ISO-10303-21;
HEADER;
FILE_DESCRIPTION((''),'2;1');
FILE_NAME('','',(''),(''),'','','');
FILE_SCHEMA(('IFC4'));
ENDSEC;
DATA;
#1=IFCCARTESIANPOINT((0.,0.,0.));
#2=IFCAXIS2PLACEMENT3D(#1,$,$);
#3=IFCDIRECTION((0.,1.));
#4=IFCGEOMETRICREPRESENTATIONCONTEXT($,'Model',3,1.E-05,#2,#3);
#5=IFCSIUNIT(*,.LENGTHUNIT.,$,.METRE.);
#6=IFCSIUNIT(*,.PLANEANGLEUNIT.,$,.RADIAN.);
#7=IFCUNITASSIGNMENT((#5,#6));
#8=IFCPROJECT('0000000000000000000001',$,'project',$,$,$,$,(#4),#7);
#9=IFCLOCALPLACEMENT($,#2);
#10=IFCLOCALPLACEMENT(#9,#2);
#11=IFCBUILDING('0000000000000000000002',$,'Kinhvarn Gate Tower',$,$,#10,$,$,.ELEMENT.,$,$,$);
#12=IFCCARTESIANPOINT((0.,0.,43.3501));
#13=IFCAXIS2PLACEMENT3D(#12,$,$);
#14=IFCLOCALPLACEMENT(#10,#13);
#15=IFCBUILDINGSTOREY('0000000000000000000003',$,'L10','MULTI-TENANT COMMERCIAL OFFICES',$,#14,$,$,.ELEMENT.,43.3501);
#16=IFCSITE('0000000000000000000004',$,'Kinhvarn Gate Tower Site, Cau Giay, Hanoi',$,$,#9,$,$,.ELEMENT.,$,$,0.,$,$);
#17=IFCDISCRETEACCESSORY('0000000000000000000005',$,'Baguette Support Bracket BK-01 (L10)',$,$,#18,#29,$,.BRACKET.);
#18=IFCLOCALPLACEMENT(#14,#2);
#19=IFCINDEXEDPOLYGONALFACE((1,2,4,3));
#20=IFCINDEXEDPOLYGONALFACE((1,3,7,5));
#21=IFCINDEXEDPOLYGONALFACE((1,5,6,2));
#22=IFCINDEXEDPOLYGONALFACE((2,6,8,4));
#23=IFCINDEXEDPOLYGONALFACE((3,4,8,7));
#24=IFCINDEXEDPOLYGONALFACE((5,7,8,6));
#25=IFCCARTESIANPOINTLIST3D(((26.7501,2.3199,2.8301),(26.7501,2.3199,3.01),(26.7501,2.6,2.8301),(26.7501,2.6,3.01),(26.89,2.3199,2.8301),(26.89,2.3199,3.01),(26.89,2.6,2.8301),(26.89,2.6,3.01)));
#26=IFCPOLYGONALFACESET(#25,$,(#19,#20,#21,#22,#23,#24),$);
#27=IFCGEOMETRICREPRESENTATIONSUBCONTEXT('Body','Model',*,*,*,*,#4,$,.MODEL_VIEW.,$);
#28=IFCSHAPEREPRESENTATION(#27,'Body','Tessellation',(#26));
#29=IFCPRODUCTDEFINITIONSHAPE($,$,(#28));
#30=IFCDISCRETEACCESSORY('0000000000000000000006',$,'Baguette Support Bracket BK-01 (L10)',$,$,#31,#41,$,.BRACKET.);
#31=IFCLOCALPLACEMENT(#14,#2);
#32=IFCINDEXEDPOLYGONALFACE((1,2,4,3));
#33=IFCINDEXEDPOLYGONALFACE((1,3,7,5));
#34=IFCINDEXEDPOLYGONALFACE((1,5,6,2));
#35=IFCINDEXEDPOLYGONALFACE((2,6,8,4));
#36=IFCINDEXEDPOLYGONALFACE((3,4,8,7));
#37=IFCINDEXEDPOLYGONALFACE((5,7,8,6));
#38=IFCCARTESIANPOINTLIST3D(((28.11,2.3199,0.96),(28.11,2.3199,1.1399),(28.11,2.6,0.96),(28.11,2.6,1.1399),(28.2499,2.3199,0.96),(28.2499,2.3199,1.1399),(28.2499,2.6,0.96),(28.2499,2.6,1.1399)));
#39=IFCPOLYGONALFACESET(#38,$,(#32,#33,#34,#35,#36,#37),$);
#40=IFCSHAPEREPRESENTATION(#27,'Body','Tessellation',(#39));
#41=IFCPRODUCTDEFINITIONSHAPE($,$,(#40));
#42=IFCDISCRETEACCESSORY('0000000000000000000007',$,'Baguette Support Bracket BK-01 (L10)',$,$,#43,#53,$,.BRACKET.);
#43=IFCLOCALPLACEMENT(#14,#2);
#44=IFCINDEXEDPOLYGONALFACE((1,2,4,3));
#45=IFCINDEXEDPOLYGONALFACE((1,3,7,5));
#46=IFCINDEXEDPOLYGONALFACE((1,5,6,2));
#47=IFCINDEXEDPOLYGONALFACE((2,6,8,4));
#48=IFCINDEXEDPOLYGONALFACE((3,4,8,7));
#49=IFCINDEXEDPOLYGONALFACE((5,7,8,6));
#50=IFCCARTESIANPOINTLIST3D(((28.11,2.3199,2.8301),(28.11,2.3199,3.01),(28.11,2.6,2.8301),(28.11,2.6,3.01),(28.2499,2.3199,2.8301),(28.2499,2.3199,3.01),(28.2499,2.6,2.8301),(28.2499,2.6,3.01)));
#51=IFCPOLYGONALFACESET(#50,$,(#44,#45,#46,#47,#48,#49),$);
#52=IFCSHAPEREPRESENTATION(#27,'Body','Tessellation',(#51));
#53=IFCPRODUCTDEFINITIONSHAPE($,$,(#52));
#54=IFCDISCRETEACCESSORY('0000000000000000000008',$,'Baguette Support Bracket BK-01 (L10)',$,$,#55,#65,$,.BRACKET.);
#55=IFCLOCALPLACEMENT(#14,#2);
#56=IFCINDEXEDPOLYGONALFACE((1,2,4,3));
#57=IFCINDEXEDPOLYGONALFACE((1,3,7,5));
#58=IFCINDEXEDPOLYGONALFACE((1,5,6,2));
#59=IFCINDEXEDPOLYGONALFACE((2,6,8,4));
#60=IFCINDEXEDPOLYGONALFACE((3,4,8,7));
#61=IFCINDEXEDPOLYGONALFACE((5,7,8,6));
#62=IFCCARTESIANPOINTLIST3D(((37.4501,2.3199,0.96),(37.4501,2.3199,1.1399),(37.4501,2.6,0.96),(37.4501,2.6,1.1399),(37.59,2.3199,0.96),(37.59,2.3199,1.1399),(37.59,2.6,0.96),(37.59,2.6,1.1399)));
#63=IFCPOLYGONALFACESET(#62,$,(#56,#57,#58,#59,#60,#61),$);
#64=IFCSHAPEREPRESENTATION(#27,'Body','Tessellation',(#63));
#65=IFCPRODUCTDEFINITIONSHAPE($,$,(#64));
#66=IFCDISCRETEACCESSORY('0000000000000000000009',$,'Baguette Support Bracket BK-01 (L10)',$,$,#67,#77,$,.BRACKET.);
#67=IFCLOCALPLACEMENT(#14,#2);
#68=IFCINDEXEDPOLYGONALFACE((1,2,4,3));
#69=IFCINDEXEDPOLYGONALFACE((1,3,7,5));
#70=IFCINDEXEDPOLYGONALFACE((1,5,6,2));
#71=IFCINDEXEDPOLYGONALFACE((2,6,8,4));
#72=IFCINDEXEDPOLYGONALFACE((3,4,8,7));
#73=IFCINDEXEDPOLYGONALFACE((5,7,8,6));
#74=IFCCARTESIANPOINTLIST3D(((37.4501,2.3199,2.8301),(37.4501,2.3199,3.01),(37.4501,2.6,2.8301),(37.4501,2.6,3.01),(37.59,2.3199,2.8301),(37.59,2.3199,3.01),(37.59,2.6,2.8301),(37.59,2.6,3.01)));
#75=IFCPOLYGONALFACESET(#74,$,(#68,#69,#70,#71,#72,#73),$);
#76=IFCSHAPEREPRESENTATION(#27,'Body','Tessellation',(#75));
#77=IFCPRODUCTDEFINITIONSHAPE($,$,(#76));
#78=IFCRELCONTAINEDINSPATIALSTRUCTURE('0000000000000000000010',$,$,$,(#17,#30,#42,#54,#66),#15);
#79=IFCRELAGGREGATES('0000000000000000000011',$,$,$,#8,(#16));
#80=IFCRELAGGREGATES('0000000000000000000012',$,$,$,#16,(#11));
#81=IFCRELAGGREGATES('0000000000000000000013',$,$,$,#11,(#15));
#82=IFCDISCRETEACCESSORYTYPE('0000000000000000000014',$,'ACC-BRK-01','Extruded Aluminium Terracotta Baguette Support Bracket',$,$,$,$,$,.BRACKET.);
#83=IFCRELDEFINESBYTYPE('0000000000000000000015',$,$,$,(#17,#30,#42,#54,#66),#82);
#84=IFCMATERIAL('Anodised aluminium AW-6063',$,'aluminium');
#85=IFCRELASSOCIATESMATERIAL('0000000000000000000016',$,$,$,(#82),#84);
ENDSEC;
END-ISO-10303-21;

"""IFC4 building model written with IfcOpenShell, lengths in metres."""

from ifc_helpers import new_model, si_unit, direction, frame, origin, origin_2d, place, context, subcontext, project, spatial, rectangle, extrude, material, type_object, element, save


model = new_model("IFC4")

# Units and contexts
model_context = context("Model", 3, precision=1e-05, world=origin(), true_north=direction((0.0, 1.0)))
body_context = subcontext(model_context, "Body", "Model", "MODEL_VIEW")
ifc_project = project(units=[si_unit("LENGTHUNIT", "METRE"), si_unit("PLANEANGLEUNIT", "RADIAN")], contexts=[model_context])

# Site, building, storey
site_placement = place(None, origin())
site = spatial("IfcSite", under=ifc_project, at=site_placement, Name="Kinhvarn Gate Tower Site, Cau Giay, Hanoi", CompositionType="ELEMENT", RefElevation=0.0)
building_placement = place(site_placement, origin())
building = spatial("IfcBuilding", under=site, at=building_placement, Name="Kinhvarn Gate Tower", CompositionType="ELEMENT")
storey_placement = place(building_placement, frame((0.0, 0.0, 43.3501)))
storey = spatial("IfcBuildingStorey", under=building, at=storey_placement, Name="L10", Description="MULTI-TENANT COMMERCIAL OFFICES", CompositionType="ELEMENT", Elevation=43.3501)

# Shared definitions
ifc_material_1 = material(Name="Anodised aluminium AW-6063", Category="aluminium")

# Discrete accessories
discrete_accessory_type = type_object("IfcDiscreteAccessoryType", Name="ACC-BRK-01", Description="Extruded Aluminium Terracotta Baguette Support Bracket", PredefinedType="BRACKET", material=ifc_material_1)
for number, where, z_axis, x_axis, name in (
    (1, (26.8201, 2.46, 2.8301), (0.0, 0.0, 1.0), (1.0, 0.0, 0.0), "Baguette Support Bracket BK-01 (L10)"),
    (2, (28.1799, 2.46, 0.96), (0.0, 0.0, 1.0), (1.0, 0.0, 0.0), "Baguette Support Bracket BK-01 (L10)"),
    (3, (28.1799, 2.46, 2.8301), (0.0, 0.0, 1.0), (1.0, 0.0, 0.0), "Baguette Support Bracket BK-01 (L10)"),
    (4, (37.52, 2.46, 0.96), (0.0, 0.0, 1.0), (1.0, 0.0, 0.0), "Baguette Support Bracket BK-01 (L10)"),
    (5, (37.52, 2.46, 2.8301), (0.0, 0.0, 1.0), (1.0, 0.0, 0.0), "Baguette Support Bracket BK-01 (L10)"),
):
    element("IfcDiscreteAccessory", number, at=place(storey_placement, frame(where, z_axis=z_axis, x_axis=x_axis)), inside=storey, type_object=discrete_accessory_type, Name=name, PredefinedType="BRACKET", context=body_context, shape_type="SweptSolid", body=[
        extrude(rectangle(XDim=0.1399, YDim=0.28, at=origin_2d()), origin(), (0.0, 0.0, 1.0), 0.1799),
    ])

save(model, "model.ifc")
